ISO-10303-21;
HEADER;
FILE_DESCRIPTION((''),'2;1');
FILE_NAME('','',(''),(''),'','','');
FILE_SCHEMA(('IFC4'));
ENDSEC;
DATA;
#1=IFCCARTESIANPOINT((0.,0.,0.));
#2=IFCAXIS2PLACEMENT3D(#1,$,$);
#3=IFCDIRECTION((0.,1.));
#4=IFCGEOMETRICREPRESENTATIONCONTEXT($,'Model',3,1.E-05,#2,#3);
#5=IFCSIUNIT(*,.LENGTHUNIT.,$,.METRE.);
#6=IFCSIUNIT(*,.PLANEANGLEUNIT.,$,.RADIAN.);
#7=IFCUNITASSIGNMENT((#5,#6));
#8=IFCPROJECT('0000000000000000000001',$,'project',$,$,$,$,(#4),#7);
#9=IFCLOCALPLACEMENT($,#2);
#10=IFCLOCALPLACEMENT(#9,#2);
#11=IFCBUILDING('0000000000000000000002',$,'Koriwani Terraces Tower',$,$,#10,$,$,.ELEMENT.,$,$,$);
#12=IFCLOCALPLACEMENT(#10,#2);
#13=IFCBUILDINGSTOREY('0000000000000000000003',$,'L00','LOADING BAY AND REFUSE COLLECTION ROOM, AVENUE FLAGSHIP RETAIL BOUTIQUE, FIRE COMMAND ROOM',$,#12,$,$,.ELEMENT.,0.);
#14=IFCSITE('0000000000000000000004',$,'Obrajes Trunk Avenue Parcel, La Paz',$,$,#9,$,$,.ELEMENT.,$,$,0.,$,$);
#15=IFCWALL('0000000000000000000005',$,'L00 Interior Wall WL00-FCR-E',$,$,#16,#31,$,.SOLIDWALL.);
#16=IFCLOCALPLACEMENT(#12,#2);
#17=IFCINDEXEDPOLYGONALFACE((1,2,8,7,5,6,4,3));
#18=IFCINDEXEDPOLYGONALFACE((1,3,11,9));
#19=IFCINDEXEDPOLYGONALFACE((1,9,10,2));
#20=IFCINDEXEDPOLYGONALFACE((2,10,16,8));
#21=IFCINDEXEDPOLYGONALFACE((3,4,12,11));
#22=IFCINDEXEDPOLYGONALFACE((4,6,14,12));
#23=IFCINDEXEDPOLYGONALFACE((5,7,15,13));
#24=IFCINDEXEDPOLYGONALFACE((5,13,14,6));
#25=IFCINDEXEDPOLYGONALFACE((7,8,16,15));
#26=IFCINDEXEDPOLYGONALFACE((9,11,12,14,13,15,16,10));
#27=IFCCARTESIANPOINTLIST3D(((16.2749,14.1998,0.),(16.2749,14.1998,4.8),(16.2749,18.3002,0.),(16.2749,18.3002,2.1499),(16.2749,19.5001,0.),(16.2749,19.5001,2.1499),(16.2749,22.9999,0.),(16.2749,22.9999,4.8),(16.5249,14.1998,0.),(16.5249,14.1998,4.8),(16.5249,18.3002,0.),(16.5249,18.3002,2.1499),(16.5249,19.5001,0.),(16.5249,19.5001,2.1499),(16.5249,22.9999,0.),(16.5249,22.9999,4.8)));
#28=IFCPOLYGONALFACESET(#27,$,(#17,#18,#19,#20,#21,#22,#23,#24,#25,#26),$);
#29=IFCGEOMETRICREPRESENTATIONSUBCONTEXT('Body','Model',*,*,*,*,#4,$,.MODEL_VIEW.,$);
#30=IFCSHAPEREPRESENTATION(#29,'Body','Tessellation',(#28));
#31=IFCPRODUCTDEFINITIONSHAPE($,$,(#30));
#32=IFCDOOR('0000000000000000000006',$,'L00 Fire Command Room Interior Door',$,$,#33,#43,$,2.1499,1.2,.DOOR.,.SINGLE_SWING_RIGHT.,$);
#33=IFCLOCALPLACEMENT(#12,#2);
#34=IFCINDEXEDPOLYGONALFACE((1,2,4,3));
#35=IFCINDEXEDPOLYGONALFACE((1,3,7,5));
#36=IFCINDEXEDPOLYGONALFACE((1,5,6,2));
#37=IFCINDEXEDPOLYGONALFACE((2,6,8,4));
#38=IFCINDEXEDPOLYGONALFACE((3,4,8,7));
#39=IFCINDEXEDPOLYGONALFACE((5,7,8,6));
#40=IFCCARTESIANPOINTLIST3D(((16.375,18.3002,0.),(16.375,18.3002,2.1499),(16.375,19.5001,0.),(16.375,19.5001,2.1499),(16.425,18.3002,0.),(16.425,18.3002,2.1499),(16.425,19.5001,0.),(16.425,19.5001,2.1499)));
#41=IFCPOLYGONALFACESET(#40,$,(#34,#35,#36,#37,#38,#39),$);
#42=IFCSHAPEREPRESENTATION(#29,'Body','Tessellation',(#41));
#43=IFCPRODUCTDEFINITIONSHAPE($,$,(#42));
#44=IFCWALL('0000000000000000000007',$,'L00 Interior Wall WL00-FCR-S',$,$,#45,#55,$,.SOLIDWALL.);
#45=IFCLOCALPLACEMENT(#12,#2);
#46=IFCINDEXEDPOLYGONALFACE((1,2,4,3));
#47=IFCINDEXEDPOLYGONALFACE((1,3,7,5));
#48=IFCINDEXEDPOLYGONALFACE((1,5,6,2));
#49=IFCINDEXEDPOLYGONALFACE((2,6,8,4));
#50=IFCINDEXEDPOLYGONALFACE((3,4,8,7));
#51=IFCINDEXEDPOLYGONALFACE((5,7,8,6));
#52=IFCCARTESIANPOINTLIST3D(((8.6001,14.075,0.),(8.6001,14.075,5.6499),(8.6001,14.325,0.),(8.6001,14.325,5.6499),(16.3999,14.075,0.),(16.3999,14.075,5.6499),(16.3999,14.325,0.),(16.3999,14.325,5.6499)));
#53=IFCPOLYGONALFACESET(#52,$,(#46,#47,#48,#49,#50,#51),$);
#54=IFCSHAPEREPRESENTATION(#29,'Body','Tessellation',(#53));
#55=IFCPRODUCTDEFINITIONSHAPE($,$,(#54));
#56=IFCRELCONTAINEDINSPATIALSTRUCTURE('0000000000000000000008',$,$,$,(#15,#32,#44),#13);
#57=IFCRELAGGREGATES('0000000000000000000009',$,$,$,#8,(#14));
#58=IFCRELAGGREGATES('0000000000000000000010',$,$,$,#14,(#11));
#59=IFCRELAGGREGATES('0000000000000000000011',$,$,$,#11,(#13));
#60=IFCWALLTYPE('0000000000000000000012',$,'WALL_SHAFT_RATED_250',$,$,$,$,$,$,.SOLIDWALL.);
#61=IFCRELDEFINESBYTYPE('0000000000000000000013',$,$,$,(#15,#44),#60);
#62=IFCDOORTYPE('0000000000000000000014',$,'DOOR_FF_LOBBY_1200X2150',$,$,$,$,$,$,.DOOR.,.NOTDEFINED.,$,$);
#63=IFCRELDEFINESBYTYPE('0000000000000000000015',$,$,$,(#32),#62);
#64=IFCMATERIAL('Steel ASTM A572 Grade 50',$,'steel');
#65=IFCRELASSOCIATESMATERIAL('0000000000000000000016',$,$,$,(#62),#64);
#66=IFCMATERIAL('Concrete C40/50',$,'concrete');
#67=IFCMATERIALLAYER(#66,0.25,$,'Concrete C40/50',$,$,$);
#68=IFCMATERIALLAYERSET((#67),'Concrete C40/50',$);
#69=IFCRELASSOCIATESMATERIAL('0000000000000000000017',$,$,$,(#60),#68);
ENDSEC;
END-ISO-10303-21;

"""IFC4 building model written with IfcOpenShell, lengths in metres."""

from ifc_helpers import new_model, si_unit, direction, frame, frame_2d, origin, place, context, subcontext, project, spatial, rectangle, extrude, material, layer, layer_set, type_object, element, fill, save


model = new_model("IFC4")

# Units and contexts
model_context = context("Model", 3, precision=1e-05, world=origin(), true_north=direction((0.0, 1.0)))
body_context = subcontext(model_context, "Body", "Model", "MODEL_VIEW")
ifc_project = project(units=[si_unit("LENGTHUNIT", "METRE"), si_unit("PLANEANGLEUNIT", "RADIAN")], contexts=[model_context])

# Site, building, storey
site_placement = place(None, origin())
site = spatial("IfcSite", under=ifc_project, at=site_placement, Name="Obrajes Trunk Avenue Parcel, La Paz", CompositionType="ELEMENT", RefElevation=0.0)
building_placement = place(site_placement, origin())
building = spatial("IfcBuilding", under=site, at=building_placement, Name="Koriwani Terraces Tower", CompositionType="ELEMENT")
storey_placement = place(building_placement, origin())
storey = spatial("IfcBuildingStorey", under=building, at=storey_placement, Name="L00", Description="LOADING BAY AND REFUSE COLLECTION ROOM, AVENUE FLAGSHIP RETAIL BOUTIQUE, FIRE COMMAND ROOM", CompositionType="ELEMENT", Elevation=0.0)

# Shared definitions
ifc_material_1 = material(Name="Steel ASTM A572 Grade 50", Category="steel")

# Shared definitions
door_type_1 = type_object("IfcDoorType", Name="DOOR_FF_LOBBY_1200X2150", OperationType="NOTDEFINED", PredefinedType="DOOR", material=ifc_material_1)

# Shared definitions
ifc_material_2 = material(Name="Concrete C40/50", Category="concrete")
ifc_layer_1 = layer(ifc_material_2, 0.25, Name="Concrete C40/50")
ifc_layer_set_1 = layer_set([ifc_layer_1], Name="Concrete C40/50")
wall_type_1 = type_object("IfcWallType", Name="WALL_SHAFT_RATED_250", PredefinedType="SOLIDWALL", material=ifc_layer_set_1)

# Wall, opening, door
wall_1_placement = place(storey_placement, frame((16.3999, 14.2, 0.0), z_axis=(0.0, 0.0, 1.0), x_axis=(0.0, 1.0, 0.0)))
wall_1 = element("IfcWall", 1, at=wall_1_placement, inside=storey, type_object=wall_type_1, Name="L00 Interior Wall WL00-FCR-E", PredefinedType="SOLIDWALL", context=body_context, shape_type="SweptSolid", body=[
    extrude(rectangle(XDim=8.8, YDim=0.25, at=frame_2d((4.3999, 0.0))), origin(), (0.0, 0.0, 1.0), 4.8),
])
opening_1_placement = place(wall_1_placement, frame((4.1001, 0.0, 0.0)))
opening_1 = element("IfcOpeningElement", 2, at=opening_1_placement, cuts=wall_1, PredefinedType="OPENING", context=body_context, shape_type="SweptSolid", body=[
    extrude(rectangle(XDim=1.2, YDim=2.1499, at=frame_2d((0.6001, 1.075))), frame((0.0, 0.135, 0.0), z_axis=(0.0, -1.0, 0.0), x_axis=(1.0, 0.0, 0.0)), (0.0, 0.0, 1.0), 0.27),
])
door_1_placement = place(opening_1_placement, origin())
door_1 = element("IfcDoor", 3, at=door_1_placement, inside=storey, type_object=door_type_1, Name="L00 Fire Command Room Interior Door", OperationType="SINGLE_SWING_RIGHT", OverallHeight=2.1499, OverallWidth=1.2, PredefinedType="DOOR", context=body_context, shape_type="SweptSolid", body=[
    extrude(rectangle(XDim=1.2, YDim=2.1499, at=frame_2d((0.6001, 1.075))), frame((0.0, 0.0249, 0.0), z_axis=(0.0, -1.0, 0.0), x_axis=(1.0, 0.0, 0.0)), (0.0, 0.0, 1.0), 0.05),
])
fill(opening_1, door_1)

# Wall
wall_2_placement = place(storey_placement, frame((8.6001, 14.2, 0.0), z_axis=(0.0, 0.0, 1.0), x_axis=(1.0, 0.0, 0.0)))
element("IfcWall", 4, at=wall_2_placement, inside=storey, type_object=wall_type_1, Name="L00 Interior Wall WL00-FCR-S", PredefinedType="SOLIDWALL", context=body_context, shape_type="SweptSolid", body=[
    extrude(rectangle(XDim=7.7998, YDim=0.25, at=frame_2d((3.8999, 0.0))), origin(), (0.0, 0.0, 1.0), 5.6499),
])

save(model, "model.ifc")
